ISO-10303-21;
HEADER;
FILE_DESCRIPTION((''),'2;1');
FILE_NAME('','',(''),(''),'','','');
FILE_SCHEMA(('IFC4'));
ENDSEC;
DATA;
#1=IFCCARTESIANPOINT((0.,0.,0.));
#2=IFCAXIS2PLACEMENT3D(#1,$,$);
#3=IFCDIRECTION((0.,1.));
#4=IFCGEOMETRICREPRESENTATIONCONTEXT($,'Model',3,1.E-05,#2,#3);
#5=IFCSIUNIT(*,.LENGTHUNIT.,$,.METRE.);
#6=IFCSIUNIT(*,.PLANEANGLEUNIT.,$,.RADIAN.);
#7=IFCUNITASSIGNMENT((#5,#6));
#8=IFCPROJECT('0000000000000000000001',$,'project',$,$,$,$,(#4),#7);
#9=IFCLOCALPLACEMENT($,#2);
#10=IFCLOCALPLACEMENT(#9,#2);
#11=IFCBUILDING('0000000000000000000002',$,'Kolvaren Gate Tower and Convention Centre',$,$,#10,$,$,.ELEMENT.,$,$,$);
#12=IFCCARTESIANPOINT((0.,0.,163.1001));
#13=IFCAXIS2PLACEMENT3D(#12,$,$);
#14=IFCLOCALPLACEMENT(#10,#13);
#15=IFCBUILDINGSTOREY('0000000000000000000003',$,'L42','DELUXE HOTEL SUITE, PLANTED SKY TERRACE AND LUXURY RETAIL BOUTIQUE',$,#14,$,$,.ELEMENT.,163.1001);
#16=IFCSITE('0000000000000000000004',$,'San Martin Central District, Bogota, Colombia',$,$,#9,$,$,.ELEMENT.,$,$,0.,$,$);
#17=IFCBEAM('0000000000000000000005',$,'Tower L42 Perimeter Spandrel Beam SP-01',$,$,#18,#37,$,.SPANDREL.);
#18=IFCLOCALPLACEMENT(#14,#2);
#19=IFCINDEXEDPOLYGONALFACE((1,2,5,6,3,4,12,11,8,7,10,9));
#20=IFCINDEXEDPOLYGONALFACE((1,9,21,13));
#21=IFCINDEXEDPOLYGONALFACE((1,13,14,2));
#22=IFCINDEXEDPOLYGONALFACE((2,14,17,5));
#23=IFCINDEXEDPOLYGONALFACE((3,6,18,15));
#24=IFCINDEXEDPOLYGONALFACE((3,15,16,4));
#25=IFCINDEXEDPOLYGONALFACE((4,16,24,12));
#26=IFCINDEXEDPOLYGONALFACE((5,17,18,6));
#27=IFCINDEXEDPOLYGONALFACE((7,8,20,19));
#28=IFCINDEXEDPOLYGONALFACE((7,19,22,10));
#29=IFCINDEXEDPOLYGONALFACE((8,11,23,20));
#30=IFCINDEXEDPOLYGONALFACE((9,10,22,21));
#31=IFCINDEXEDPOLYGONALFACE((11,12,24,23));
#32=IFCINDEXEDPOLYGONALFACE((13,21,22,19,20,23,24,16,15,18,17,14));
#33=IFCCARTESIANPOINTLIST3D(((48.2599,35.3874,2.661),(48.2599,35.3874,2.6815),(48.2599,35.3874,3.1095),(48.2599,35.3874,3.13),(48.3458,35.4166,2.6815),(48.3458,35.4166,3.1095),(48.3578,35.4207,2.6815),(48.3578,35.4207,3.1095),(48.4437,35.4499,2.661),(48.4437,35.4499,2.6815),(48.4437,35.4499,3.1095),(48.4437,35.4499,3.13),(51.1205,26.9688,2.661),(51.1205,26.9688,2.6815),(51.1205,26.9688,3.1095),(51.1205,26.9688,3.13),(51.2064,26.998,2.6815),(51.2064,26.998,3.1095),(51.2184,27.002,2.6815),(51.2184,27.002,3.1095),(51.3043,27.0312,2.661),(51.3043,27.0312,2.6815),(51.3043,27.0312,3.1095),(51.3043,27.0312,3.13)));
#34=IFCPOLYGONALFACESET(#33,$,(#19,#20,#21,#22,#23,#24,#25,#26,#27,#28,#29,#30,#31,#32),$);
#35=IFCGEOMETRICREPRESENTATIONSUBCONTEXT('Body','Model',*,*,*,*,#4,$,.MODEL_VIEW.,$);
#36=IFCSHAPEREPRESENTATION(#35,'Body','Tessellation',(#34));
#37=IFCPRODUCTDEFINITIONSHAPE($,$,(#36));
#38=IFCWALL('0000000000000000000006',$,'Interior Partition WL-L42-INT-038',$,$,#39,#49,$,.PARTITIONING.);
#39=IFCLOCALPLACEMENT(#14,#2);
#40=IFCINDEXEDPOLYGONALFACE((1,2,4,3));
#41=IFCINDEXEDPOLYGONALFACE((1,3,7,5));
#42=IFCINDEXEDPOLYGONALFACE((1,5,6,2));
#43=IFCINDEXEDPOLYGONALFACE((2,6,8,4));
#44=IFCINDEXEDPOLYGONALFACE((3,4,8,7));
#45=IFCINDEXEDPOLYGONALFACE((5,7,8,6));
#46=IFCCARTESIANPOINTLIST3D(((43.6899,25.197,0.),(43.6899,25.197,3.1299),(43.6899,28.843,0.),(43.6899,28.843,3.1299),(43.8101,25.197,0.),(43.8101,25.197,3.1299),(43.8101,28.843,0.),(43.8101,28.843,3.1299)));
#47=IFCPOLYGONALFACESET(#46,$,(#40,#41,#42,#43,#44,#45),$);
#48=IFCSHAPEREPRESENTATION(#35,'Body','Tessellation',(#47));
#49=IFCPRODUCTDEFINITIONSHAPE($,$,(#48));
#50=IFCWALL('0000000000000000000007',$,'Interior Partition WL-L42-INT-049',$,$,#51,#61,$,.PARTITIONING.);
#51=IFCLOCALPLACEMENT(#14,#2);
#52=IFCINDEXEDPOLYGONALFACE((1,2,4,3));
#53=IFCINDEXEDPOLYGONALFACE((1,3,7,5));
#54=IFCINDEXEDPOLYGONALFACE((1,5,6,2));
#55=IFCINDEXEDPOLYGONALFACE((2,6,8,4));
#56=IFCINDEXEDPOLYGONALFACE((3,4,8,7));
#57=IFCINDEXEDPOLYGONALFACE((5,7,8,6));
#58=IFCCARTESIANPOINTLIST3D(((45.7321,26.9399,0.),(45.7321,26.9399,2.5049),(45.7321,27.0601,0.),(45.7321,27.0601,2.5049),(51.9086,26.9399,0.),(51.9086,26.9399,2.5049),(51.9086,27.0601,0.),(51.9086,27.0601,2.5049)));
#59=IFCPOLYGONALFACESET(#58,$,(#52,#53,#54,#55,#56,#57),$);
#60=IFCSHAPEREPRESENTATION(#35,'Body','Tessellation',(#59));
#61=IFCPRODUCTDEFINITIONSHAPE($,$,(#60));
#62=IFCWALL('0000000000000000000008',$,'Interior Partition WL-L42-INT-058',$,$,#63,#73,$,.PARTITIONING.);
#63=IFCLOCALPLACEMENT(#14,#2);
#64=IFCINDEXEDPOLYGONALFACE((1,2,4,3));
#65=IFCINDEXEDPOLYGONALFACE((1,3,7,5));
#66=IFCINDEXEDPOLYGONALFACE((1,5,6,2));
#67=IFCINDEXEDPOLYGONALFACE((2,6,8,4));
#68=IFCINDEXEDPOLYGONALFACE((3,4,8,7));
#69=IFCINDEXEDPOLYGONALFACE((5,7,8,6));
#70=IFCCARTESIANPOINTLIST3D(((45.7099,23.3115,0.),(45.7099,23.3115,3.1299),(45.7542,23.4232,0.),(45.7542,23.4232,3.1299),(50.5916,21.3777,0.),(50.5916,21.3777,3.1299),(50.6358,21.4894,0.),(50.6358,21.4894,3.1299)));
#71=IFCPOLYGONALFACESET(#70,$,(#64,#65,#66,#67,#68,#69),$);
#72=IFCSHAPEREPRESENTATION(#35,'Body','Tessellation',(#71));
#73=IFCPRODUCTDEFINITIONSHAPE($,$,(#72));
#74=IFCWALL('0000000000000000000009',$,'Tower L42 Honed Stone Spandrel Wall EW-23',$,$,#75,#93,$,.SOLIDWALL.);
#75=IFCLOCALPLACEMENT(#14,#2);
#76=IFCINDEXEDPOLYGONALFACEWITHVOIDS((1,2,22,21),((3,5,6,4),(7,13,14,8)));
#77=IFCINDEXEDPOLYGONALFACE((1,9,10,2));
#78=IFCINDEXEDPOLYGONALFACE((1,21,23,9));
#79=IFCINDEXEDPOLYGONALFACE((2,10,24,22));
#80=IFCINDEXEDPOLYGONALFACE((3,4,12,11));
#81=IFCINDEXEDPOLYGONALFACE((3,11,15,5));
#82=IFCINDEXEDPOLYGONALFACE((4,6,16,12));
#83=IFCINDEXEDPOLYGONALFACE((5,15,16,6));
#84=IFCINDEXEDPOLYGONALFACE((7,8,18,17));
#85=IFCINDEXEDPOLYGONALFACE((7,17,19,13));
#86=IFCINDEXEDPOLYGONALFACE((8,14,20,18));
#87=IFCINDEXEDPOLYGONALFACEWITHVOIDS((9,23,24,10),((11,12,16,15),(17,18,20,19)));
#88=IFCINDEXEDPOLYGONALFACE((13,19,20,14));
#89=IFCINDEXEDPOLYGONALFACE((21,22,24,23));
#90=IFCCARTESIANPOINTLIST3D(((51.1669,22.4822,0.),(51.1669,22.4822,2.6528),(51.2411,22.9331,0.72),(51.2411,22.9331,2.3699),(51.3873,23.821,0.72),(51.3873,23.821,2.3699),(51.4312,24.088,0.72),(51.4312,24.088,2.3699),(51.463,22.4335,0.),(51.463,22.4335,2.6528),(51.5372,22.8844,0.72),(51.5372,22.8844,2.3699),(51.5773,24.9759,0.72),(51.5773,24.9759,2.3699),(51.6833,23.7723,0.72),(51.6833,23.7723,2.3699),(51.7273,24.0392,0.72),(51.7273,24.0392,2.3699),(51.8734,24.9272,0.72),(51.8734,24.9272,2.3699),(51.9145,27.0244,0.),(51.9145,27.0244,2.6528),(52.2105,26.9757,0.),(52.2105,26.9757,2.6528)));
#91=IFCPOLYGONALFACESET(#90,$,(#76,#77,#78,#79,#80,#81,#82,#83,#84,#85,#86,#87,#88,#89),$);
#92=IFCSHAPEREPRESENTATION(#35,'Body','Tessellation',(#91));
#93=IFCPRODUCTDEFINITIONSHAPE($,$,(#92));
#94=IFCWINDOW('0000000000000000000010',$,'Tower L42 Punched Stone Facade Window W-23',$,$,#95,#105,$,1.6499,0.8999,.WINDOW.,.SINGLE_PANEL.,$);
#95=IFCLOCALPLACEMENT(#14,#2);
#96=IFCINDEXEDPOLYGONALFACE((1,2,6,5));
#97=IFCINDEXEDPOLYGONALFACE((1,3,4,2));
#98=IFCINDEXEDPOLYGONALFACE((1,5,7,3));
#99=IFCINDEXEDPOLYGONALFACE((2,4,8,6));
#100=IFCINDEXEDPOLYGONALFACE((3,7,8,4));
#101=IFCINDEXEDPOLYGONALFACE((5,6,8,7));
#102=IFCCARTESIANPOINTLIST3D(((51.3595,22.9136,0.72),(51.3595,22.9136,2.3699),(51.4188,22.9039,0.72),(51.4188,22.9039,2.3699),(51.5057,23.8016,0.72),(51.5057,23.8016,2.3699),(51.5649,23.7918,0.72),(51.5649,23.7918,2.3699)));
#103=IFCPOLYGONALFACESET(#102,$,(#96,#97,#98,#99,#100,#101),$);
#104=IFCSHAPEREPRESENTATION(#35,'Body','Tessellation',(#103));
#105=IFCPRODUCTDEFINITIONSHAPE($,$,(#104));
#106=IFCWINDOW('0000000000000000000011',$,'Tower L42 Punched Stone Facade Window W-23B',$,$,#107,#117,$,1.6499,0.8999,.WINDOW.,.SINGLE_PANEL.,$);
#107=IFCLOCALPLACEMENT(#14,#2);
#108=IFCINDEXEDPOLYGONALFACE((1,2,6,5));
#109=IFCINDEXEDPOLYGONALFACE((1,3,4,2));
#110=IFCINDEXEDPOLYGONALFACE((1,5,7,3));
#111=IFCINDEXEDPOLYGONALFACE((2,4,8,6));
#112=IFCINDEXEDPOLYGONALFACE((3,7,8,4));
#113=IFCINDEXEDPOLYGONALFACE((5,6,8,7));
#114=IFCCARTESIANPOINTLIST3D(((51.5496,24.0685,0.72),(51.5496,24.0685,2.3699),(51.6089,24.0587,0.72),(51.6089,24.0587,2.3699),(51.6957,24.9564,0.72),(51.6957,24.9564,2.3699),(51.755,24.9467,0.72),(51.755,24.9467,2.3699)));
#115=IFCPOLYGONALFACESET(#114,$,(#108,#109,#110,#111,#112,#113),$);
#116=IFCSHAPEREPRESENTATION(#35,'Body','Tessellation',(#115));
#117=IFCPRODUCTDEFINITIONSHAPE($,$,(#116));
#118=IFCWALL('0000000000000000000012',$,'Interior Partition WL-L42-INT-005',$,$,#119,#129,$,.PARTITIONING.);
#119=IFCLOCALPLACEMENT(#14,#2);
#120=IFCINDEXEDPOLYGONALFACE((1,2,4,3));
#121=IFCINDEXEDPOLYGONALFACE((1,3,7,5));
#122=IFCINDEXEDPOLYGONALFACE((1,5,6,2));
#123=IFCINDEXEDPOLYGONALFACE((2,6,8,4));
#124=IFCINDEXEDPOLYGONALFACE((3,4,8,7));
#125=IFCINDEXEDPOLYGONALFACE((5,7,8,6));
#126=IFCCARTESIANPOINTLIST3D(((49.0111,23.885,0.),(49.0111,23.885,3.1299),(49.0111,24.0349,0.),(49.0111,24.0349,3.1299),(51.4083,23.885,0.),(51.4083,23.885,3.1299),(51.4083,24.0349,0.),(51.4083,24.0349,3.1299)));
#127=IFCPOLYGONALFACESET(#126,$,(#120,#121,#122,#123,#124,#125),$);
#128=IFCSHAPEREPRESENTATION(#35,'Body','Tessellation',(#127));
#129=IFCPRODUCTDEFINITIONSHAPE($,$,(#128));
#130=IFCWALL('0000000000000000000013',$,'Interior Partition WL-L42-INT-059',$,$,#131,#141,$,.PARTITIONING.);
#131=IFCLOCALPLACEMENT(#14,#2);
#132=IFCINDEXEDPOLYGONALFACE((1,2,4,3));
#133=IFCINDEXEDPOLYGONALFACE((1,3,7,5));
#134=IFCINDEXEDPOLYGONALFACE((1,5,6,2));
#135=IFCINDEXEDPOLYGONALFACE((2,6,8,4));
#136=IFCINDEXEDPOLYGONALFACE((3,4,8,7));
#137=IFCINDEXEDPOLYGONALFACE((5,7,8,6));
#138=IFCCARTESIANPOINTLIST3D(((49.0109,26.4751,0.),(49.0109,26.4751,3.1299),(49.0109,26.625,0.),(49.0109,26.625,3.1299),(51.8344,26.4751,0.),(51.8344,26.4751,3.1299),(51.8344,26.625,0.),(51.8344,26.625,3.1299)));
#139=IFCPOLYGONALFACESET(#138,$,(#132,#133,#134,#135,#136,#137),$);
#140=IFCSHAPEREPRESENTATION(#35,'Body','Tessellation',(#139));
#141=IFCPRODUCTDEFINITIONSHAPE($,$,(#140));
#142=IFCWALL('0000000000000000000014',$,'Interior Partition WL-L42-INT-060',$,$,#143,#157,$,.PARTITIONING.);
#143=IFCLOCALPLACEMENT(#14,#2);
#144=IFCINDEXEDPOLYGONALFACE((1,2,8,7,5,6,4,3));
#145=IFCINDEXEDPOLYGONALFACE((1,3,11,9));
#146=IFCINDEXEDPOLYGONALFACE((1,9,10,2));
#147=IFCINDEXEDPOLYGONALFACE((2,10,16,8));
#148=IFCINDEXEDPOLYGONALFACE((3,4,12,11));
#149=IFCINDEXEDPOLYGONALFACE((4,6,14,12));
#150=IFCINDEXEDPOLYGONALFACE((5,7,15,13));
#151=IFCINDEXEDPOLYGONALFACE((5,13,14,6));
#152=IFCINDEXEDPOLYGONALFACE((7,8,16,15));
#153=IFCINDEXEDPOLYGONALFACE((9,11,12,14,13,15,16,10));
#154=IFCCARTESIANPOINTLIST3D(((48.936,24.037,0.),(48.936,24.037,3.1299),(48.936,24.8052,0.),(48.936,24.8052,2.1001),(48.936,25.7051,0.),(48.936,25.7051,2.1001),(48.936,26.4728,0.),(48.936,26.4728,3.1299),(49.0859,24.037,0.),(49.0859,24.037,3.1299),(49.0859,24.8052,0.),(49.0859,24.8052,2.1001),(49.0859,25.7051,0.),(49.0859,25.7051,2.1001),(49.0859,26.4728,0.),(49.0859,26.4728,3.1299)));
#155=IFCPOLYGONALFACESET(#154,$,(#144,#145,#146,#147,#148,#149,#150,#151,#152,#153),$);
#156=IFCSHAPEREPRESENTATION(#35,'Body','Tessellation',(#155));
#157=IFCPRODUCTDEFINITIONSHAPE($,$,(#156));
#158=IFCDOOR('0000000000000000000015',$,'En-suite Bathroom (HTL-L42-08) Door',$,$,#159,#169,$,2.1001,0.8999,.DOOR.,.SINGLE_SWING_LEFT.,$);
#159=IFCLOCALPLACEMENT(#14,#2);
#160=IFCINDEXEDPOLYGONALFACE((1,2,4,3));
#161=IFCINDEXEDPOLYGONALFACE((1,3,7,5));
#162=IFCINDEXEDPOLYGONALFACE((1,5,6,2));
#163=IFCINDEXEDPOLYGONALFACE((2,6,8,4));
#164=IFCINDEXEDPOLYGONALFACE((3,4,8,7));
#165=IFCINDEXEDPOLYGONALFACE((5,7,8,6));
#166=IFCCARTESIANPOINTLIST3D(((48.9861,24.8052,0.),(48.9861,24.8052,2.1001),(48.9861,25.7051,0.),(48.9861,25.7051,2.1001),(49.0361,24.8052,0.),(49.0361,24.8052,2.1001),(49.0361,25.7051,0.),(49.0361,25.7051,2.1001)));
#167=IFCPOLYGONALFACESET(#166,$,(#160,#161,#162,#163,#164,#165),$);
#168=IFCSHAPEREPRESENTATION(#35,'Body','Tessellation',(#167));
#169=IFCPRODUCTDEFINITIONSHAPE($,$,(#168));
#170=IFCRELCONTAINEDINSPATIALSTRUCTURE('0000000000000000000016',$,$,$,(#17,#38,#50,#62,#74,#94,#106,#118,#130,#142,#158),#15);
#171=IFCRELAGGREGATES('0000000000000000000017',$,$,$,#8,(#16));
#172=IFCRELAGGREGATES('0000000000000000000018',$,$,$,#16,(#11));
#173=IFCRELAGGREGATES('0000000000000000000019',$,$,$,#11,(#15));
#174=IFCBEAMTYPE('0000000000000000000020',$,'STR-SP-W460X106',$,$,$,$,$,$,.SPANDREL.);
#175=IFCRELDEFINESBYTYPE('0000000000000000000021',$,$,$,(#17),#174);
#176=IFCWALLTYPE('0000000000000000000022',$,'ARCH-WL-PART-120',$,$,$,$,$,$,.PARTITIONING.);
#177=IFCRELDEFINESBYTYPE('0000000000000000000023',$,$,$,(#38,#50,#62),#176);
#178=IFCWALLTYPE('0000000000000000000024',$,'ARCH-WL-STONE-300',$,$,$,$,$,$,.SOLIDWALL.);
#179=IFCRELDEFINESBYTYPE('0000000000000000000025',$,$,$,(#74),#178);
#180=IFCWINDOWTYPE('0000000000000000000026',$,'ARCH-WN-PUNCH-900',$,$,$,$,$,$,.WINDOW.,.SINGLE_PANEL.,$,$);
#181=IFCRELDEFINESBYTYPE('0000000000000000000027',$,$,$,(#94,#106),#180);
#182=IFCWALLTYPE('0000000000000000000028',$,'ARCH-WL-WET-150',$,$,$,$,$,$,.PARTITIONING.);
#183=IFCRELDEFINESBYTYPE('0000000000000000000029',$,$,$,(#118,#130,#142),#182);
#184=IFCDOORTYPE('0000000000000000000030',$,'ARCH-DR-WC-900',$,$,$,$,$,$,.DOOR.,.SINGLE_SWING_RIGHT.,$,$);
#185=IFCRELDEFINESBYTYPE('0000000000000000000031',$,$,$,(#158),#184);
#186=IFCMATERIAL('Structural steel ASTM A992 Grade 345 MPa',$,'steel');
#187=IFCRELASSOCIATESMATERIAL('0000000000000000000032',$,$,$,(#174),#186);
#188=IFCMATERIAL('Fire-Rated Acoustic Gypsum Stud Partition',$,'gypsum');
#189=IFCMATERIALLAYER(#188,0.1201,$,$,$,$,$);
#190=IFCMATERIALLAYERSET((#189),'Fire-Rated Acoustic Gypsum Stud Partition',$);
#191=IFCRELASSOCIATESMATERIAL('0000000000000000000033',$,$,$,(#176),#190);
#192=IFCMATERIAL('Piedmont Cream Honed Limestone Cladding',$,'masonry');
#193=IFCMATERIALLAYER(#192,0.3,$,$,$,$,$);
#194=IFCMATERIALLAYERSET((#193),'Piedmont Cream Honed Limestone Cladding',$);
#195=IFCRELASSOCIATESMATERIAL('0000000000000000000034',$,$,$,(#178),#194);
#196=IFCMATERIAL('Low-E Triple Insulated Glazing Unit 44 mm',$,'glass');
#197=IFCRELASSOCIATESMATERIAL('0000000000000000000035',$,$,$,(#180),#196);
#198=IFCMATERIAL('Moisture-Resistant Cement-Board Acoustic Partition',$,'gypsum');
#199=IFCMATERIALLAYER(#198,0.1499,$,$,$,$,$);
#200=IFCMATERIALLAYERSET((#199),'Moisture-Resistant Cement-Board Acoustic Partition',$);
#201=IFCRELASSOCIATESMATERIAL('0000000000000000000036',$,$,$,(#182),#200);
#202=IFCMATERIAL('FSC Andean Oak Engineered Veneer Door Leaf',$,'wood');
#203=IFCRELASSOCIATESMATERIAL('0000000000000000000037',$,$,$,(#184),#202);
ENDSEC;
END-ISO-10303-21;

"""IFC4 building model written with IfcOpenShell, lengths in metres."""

from ifc_helpers import new_model, si_unit, direction, frame, frame_2d, origin, origin_2d, place, context, subcontext, project, spatial, rectangle, i_section, extrude, material, layer, layer_set, material_profile, profile_set, type_object, element, fill, save


model = new_model("IFC4")

# Units and contexts
model_context = context("Model", 3, precision=1e-05, world=origin(), true_north=direction((0.0, 1.0)))
body_context = subcontext(model_context, "Body", "Model", "MODEL_VIEW")
ifc_project = project(units=[si_unit("LENGTHUNIT", "METRE"), si_unit("PLANEANGLEUNIT", "RADIAN")], contexts=[model_context])

# Site, building, storey
site_placement = place(None, origin())
site = spatial("IfcSite", under=ifc_project, at=site_placement, Name="San Martin Central District, Bogota, Colombia", CompositionType="ELEMENT", RefElevation=0.0)
building_placement = place(site_placement, origin())
building = spatial("IfcBuilding", under=site, at=building_placement, Name="Kolvaren Gate Tower and Convention Centre", CompositionType="ELEMENT")
storey_placement = place(building_placement, frame((0.0, 0.0, 163.1001)))
storey = spatial("IfcBuildingStorey", under=building, at=storey_placement, Name="L42", Description="DELUXE HOTEL SUITE, PLANTED SKY TERRACE AND LUXURY RETAIL BOUTIQUE", CompositionType="ELEMENT", Elevation=163.1001)

# Beam
ifc_material_1 = material(Name="Structural steel ASTM A992 Grade 345 MPa", Category="steel")
ifc_material_profile_1 = material_profile(ifc_material_1, i_section(OverallWidth=0.1941, OverallDepth=0.469, WebThickness=0.0127, FlangeThickness=0.0205, at=origin_2d()), Name="W460X106")
ifc_profile_set_1 = profile_set([ifc_material_profile_1], Name="Structural steel ASTM A992 Grade 345 MPa")
beam_type_1 = type_object("IfcBeamType", Name="STR-SP-W460X106", PredefinedType="SPANDREL", material=ifc_profile_set_1)
beam_1_placement = place(storey_placement, frame((51.2124, 27.0, 2.8955), z_axis=(-0.321725, 0.946833, 0.0), x_axis=(-0.946833, -0.321725, 0.0)))
element("IfcBeam", 1, at=beam_1_placement, inside=storey, type_object=beam_type_1, Name="Tower L42 Perimeter Spandrel Beam SP-01", PredefinedType="SPANDREL", context=body_context, shape_type="SweptSolid", body=[
    extrude(i_section(OverallWidth=0.1941, OverallDepth=0.469, WebThickness=0.0127, FlangeThickness=0.0205, at=origin_2d()), origin(), (0.0, 0.0, 1.0), 8.8914),
])

# Walls
ifc_material_2 = material(Name="Fire-Rated Acoustic Gypsum Stud Partition", Category="gypsum")
ifc_layer_1 = layer(ifc_material_2, 0.1201)
ifc_layer_set_1 = layer_set([ifc_layer_1], Name="Fire-Rated Acoustic Gypsum Stud Partition")
wall_type_1 = type_object("IfcWallType", Name="ARCH-WL-PART-120", PredefinedType="PARTITIONING", material=ifc_layer_set_1)
wall_1_placement = place(storey_placement, frame((43.75, 25.197, 0.0), z_axis=(0.0, 0.0, 1.0), x_axis=(0.0, 1.0, 0.0)))
element("IfcWall", 2, at=wall_1_placement, inside=storey, type_object=wall_type_1, Name="Interior Partition WL-L42-INT-038", PredefinedType="PARTITIONING", context=body_context, shape_type="SweptSolid", body=[
    extrude(rectangle(XDim=3.646, YDim=0.1201, at=frame_2d((1.823, 0.0))), origin(), (0.0, 0.0, 1.0), 3.1299),
])
wall_2_placement = place(storey_placement, frame((45.7319, 27.0, 0.0), z_axis=(0.0, 0.0, 1.0), x_axis=(1.0, 0.0, 0.0)))
element("IfcWall", 3, at=wall_2_placement, inside=storey, type_object=wall_type_1, Name="Interior Partition WL-L42-INT-049", PredefinedType="PARTITIONING", context=body_context, shape_type="SweptSolid", body=[
    extrude(rectangle(XDim=6.1765, YDim=0.1201, at=frame_2d((3.0884, 0.0))), origin(), (0.0, 0.0, 1.0), 2.5049),
])
wall_3_placement = place(storey_placement, frame((45.7319, 23.3674, 0.0), z_axis=(0.0, 0.0, 1.0), x_axis=(0.929706, -0.368302, 0.0)))
element("IfcWall", 4, at=wall_3_placement, inside=storey, type_object=wall_type_1, Name="Interior Partition WL-L42-INT-058", PredefinedType="PARTITIONING", context=body_context, shape_type="SweptSolid", body=[
    extrude(rectangle(XDim=5.2507, YDim=0.1201, at=frame_2d((2.6255, 0.0))), origin(), (0.0, 0.0, 1.0), 3.1299),
])

# Wall, openings, windows
ifc_material_3 = material(Name="Piedmont Cream Honed Limestone Cladding", Category="masonry")
ifc_layer_2 = layer(ifc_material_3, 0.3)
ifc_layer_set_2 = layer_set([ifc_layer_2], Name="Piedmont Cream Honed Limestone Cladding")
wall_type_2 = type_object("IfcWallType", Name="ARCH-WL-STONE-300", PredefinedType="SOLIDWALL", material=ifc_layer_set_2)
wall_4_placement = place(storey_placement, frame((51.3149, 22.4578, 0.0), z_axis=(0.0, 0.0, 1.0), x_axis=(0.162395, 0.986726, 0.0)))
wall_4 = element("IfcWall", 5, at=wall_4_placement, inside=storey, type_object=wall_type_2, Name="Tower L42 Honed Stone Spandrel Wall EW-23", PredefinedType="SOLIDWALL", context=body_context, shape_type="SweptSolid", body=[
    extrude(rectangle(XDim=4.6033, YDim=0.3, at=frame_2d((2.3018, 0.0))), origin(), (0.0, 0.0, 1.0), 2.6528),
])
opening_1_placement = place(wall_4_placement, frame((0.457, 0.0, 0.72)))
opening_1 = element("IfcOpeningElement", 6, at=opening_1_placement, cuts=wall_4, PredefinedType="OPENING", context=body_context, shape_type="SweptSolid", body=[
    extrude(rectangle(XDim=0.8999, YDim=1.6499, at=frame_2d((0.45, 0.825))), frame((0.0, 0.1599, 0.0), z_axis=(0.0, -1.0, 0.0), x_axis=(1.0, 0.0, 0.0)), (0.0, 0.0, 1.0), 0.3201),
])
opening_2_placement = place(wall_4_placement, frame((1.6274, 0.0, 0.72)))
opening_2 = element("IfcOpeningElement", 7, at=opening_2_placement, cuts=wall_4, PredefinedType="OPENING", context=body_context, shape_type="SweptSolid", body=[
    extrude(rectangle(XDim=0.8999, YDim=1.6499, at=frame_2d((0.45, 0.825))), frame((0.0, 0.1599, 0.0), z_axis=(0.0, -1.0, 0.0), x_axis=(1.0, 0.0, 0.0)), (0.0, 0.0, 1.0), 0.3201),
])
ifc_material_4 = material(Name="Low-E Triple Insulated Glazing Unit 44 mm", Category="glass")
window_type = type_object("IfcWindowType", Name="ARCH-WN-PUNCH-900", PartitioningType="SINGLE_PANEL", PredefinedType="WINDOW", material=ifc_material_4)
window_1_placement = place(opening_1_placement, origin())
window_1 = element("IfcWindow", 8, at=window_1_placement, inside=storey, type_object=window_type, Name="Tower L42 Punched Stone Facade Window W-23", OverallHeight=1.6499, OverallWidth=0.8999, PartitioningType="SINGLE_PANEL", PredefinedType="WINDOW", context=body_context, shape_type="SweptSolid", body=[
    extrude(rectangle(XDim=0.8999, YDim=1.6499, at=frame_2d((0.45, 0.825))), frame((0.0, 0.03, 0.0), z_axis=(0.0, -1.0, 0.0), x_axis=(1.0, 0.0, 0.0)), (0.0, 0.0, 1.0), 0.0601),
])
fill(opening_1, window_1)
window_2_placement = place(opening_2_placement, origin())
window_2 = element("IfcWindow", 9, at=window_2_placement, inside=storey, type_object=window_type, Name="Tower L42 Punched Stone Facade Window W-23B", OverallHeight=1.6499, OverallWidth=0.8999, PartitioningType="SINGLE_PANEL", PredefinedType="WINDOW", context=body_context, shape_type="SweptSolid", body=[
    extrude(rectangle(XDim=0.8999, YDim=1.6499, at=frame_2d((0.45, 0.825))), frame((0.0, 0.03, 0.0), z_axis=(0.0, -1.0, 0.0), x_axis=(1.0, 0.0, 0.0)), (0.0, 0.0, 1.0), 0.0601),
])
fill(opening_2, window_2)

# Walls
ifc_material_5 = material(Name="Moisture-Resistant Cement-Board Acoustic Partition", Category="gypsum")
ifc_layer_3 = layer(ifc_material_5, 0.1499)
ifc_layer_set_3 = layer_set([ifc_layer_3], Name="Moisture-Resistant Cement-Board Acoustic Partition")
wall_type_3 = type_object("IfcWallType", Name="ARCH-WL-WET-150", PredefinedType="PARTITIONING", material=ifc_layer_set_3)
wall_5_placement = place(storey_placement, frame((49.011, 23.96, 0.0), z_axis=(0.0, 0.0, 1.0), x_axis=(1.0, 0.0, 0.0)))
element("IfcWall", 10, at=wall_5_placement, inside=storey, type_object=wall_type_3, Name="Interior Partition WL-L42-INT-005", PredefinedType="PARTITIONING", context=body_context, shape_type="SweptSolid", body=[
    extrude(rectangle(XDim=2.3972, YDim=0.1499, at=frame_2d((1.1987, 0.0))), origin(), (0.0, 0.0, 1.0), 3.1299),
])
wall_6_placement = place(storey_placement, frame((49.011, 26.55, 0.0), z_axis=(0.0, 0.0, 1.0), x_axis=(1.0, 0.0, 0.0)))
element("IfcWall", 11, at=wall_6_placement, inside=storey, type_object=wall_type_3, Name="Interior Partition WL-L42-INT-059", PredefinedType="PARTITIONING", context=body_context, shape_type="SweptSolid", body=[
    extrude(rectangle(XDim=2.8235, YDim=0.1499, at=frame_2d((1.4116, 0.0))), origin(), (0.0, 0.0, 1.0), 3.1299),
])

# Wall, opening, door
wall_7_placement = place(storey_placement, frame((49.011, 24.0371, 0.0), z_axis=(0.0, 0.0, 1.0), x_axis=(0.0, 1.0, 0.0)))
wall_7 = element("IfcWall", 12, at=wall_7_placement, inside=storey, type_object=wall_type_3, Name="Interior Partition WL-L42-INT-060", PredefinedType="PARTITIONING", context=body_context, shape_type="SweptSolid", body=[
    extrude(rectangle(XDim=2.4358, YDim=0.1499, at=frame_2d((1.2178, 0.0))), origin(), (0.0, 0.0, 1.0), 3.1299),
])
opening_3_placement = place(wall_7_placement, frame((0.7681, 0.0, 0.0)))
opening_3 = element("IfcOpeningElement", 13, at=opening_3_placement, cuts=wall_7, PredefinedType="OPENING", context=body_context, shape_type="SweptSolid", body=[
    extrude(rectangle(XDim=0.8999, YDim=2.1001, at=frame_2d((0.45, 1.05))), frame((0.0, 0.085, 0.0), z_axis=(0.0, -1.0, 0.0), x_axis=(1.0, 0.0, 0.0)), (0.0, 0.0, 1.0), 0.1699),
])
ifc_material_6 = material(Name="FSC Andean Oak Engineered Veneer Door Leaf", Category="wood")
door_type = type_object("IfcDoorType", Name="ARCH-DR-WC-900", OperationType="SINGLE_SWING_RIGHT", PredefinedType="DOOR", material=ifc_material_6)
door_1_placement = place(opening_3_placement, origin())
door_1 = element("IfcDoor", 14, at=door_1_placement, inside=storey, type_object=door_type, Name="En-suite Bathroom (HTL-L42-08) Door", OperationType="SINGLE_SWING_LEFT", OverallHeight=2.1001, OverallWidth=0.8999, PredefinedType="DOOR", context=body_context, shape_type="SweptSolid", body=[
    extrude(rectangle(XDim=0.8999, YDim=2.1001, at=frame_2d((0.45, 1.05))), frame((0.0, 0.0249, 0.0), z_axis=(0.0, -1.0, 0.0), x_axis=(1.0, 0.0, 0.0)), (0.0, 0.0, 1.0), 0.05),
])
fill(opening_3, door_1)

save(model, "model.ifc")
